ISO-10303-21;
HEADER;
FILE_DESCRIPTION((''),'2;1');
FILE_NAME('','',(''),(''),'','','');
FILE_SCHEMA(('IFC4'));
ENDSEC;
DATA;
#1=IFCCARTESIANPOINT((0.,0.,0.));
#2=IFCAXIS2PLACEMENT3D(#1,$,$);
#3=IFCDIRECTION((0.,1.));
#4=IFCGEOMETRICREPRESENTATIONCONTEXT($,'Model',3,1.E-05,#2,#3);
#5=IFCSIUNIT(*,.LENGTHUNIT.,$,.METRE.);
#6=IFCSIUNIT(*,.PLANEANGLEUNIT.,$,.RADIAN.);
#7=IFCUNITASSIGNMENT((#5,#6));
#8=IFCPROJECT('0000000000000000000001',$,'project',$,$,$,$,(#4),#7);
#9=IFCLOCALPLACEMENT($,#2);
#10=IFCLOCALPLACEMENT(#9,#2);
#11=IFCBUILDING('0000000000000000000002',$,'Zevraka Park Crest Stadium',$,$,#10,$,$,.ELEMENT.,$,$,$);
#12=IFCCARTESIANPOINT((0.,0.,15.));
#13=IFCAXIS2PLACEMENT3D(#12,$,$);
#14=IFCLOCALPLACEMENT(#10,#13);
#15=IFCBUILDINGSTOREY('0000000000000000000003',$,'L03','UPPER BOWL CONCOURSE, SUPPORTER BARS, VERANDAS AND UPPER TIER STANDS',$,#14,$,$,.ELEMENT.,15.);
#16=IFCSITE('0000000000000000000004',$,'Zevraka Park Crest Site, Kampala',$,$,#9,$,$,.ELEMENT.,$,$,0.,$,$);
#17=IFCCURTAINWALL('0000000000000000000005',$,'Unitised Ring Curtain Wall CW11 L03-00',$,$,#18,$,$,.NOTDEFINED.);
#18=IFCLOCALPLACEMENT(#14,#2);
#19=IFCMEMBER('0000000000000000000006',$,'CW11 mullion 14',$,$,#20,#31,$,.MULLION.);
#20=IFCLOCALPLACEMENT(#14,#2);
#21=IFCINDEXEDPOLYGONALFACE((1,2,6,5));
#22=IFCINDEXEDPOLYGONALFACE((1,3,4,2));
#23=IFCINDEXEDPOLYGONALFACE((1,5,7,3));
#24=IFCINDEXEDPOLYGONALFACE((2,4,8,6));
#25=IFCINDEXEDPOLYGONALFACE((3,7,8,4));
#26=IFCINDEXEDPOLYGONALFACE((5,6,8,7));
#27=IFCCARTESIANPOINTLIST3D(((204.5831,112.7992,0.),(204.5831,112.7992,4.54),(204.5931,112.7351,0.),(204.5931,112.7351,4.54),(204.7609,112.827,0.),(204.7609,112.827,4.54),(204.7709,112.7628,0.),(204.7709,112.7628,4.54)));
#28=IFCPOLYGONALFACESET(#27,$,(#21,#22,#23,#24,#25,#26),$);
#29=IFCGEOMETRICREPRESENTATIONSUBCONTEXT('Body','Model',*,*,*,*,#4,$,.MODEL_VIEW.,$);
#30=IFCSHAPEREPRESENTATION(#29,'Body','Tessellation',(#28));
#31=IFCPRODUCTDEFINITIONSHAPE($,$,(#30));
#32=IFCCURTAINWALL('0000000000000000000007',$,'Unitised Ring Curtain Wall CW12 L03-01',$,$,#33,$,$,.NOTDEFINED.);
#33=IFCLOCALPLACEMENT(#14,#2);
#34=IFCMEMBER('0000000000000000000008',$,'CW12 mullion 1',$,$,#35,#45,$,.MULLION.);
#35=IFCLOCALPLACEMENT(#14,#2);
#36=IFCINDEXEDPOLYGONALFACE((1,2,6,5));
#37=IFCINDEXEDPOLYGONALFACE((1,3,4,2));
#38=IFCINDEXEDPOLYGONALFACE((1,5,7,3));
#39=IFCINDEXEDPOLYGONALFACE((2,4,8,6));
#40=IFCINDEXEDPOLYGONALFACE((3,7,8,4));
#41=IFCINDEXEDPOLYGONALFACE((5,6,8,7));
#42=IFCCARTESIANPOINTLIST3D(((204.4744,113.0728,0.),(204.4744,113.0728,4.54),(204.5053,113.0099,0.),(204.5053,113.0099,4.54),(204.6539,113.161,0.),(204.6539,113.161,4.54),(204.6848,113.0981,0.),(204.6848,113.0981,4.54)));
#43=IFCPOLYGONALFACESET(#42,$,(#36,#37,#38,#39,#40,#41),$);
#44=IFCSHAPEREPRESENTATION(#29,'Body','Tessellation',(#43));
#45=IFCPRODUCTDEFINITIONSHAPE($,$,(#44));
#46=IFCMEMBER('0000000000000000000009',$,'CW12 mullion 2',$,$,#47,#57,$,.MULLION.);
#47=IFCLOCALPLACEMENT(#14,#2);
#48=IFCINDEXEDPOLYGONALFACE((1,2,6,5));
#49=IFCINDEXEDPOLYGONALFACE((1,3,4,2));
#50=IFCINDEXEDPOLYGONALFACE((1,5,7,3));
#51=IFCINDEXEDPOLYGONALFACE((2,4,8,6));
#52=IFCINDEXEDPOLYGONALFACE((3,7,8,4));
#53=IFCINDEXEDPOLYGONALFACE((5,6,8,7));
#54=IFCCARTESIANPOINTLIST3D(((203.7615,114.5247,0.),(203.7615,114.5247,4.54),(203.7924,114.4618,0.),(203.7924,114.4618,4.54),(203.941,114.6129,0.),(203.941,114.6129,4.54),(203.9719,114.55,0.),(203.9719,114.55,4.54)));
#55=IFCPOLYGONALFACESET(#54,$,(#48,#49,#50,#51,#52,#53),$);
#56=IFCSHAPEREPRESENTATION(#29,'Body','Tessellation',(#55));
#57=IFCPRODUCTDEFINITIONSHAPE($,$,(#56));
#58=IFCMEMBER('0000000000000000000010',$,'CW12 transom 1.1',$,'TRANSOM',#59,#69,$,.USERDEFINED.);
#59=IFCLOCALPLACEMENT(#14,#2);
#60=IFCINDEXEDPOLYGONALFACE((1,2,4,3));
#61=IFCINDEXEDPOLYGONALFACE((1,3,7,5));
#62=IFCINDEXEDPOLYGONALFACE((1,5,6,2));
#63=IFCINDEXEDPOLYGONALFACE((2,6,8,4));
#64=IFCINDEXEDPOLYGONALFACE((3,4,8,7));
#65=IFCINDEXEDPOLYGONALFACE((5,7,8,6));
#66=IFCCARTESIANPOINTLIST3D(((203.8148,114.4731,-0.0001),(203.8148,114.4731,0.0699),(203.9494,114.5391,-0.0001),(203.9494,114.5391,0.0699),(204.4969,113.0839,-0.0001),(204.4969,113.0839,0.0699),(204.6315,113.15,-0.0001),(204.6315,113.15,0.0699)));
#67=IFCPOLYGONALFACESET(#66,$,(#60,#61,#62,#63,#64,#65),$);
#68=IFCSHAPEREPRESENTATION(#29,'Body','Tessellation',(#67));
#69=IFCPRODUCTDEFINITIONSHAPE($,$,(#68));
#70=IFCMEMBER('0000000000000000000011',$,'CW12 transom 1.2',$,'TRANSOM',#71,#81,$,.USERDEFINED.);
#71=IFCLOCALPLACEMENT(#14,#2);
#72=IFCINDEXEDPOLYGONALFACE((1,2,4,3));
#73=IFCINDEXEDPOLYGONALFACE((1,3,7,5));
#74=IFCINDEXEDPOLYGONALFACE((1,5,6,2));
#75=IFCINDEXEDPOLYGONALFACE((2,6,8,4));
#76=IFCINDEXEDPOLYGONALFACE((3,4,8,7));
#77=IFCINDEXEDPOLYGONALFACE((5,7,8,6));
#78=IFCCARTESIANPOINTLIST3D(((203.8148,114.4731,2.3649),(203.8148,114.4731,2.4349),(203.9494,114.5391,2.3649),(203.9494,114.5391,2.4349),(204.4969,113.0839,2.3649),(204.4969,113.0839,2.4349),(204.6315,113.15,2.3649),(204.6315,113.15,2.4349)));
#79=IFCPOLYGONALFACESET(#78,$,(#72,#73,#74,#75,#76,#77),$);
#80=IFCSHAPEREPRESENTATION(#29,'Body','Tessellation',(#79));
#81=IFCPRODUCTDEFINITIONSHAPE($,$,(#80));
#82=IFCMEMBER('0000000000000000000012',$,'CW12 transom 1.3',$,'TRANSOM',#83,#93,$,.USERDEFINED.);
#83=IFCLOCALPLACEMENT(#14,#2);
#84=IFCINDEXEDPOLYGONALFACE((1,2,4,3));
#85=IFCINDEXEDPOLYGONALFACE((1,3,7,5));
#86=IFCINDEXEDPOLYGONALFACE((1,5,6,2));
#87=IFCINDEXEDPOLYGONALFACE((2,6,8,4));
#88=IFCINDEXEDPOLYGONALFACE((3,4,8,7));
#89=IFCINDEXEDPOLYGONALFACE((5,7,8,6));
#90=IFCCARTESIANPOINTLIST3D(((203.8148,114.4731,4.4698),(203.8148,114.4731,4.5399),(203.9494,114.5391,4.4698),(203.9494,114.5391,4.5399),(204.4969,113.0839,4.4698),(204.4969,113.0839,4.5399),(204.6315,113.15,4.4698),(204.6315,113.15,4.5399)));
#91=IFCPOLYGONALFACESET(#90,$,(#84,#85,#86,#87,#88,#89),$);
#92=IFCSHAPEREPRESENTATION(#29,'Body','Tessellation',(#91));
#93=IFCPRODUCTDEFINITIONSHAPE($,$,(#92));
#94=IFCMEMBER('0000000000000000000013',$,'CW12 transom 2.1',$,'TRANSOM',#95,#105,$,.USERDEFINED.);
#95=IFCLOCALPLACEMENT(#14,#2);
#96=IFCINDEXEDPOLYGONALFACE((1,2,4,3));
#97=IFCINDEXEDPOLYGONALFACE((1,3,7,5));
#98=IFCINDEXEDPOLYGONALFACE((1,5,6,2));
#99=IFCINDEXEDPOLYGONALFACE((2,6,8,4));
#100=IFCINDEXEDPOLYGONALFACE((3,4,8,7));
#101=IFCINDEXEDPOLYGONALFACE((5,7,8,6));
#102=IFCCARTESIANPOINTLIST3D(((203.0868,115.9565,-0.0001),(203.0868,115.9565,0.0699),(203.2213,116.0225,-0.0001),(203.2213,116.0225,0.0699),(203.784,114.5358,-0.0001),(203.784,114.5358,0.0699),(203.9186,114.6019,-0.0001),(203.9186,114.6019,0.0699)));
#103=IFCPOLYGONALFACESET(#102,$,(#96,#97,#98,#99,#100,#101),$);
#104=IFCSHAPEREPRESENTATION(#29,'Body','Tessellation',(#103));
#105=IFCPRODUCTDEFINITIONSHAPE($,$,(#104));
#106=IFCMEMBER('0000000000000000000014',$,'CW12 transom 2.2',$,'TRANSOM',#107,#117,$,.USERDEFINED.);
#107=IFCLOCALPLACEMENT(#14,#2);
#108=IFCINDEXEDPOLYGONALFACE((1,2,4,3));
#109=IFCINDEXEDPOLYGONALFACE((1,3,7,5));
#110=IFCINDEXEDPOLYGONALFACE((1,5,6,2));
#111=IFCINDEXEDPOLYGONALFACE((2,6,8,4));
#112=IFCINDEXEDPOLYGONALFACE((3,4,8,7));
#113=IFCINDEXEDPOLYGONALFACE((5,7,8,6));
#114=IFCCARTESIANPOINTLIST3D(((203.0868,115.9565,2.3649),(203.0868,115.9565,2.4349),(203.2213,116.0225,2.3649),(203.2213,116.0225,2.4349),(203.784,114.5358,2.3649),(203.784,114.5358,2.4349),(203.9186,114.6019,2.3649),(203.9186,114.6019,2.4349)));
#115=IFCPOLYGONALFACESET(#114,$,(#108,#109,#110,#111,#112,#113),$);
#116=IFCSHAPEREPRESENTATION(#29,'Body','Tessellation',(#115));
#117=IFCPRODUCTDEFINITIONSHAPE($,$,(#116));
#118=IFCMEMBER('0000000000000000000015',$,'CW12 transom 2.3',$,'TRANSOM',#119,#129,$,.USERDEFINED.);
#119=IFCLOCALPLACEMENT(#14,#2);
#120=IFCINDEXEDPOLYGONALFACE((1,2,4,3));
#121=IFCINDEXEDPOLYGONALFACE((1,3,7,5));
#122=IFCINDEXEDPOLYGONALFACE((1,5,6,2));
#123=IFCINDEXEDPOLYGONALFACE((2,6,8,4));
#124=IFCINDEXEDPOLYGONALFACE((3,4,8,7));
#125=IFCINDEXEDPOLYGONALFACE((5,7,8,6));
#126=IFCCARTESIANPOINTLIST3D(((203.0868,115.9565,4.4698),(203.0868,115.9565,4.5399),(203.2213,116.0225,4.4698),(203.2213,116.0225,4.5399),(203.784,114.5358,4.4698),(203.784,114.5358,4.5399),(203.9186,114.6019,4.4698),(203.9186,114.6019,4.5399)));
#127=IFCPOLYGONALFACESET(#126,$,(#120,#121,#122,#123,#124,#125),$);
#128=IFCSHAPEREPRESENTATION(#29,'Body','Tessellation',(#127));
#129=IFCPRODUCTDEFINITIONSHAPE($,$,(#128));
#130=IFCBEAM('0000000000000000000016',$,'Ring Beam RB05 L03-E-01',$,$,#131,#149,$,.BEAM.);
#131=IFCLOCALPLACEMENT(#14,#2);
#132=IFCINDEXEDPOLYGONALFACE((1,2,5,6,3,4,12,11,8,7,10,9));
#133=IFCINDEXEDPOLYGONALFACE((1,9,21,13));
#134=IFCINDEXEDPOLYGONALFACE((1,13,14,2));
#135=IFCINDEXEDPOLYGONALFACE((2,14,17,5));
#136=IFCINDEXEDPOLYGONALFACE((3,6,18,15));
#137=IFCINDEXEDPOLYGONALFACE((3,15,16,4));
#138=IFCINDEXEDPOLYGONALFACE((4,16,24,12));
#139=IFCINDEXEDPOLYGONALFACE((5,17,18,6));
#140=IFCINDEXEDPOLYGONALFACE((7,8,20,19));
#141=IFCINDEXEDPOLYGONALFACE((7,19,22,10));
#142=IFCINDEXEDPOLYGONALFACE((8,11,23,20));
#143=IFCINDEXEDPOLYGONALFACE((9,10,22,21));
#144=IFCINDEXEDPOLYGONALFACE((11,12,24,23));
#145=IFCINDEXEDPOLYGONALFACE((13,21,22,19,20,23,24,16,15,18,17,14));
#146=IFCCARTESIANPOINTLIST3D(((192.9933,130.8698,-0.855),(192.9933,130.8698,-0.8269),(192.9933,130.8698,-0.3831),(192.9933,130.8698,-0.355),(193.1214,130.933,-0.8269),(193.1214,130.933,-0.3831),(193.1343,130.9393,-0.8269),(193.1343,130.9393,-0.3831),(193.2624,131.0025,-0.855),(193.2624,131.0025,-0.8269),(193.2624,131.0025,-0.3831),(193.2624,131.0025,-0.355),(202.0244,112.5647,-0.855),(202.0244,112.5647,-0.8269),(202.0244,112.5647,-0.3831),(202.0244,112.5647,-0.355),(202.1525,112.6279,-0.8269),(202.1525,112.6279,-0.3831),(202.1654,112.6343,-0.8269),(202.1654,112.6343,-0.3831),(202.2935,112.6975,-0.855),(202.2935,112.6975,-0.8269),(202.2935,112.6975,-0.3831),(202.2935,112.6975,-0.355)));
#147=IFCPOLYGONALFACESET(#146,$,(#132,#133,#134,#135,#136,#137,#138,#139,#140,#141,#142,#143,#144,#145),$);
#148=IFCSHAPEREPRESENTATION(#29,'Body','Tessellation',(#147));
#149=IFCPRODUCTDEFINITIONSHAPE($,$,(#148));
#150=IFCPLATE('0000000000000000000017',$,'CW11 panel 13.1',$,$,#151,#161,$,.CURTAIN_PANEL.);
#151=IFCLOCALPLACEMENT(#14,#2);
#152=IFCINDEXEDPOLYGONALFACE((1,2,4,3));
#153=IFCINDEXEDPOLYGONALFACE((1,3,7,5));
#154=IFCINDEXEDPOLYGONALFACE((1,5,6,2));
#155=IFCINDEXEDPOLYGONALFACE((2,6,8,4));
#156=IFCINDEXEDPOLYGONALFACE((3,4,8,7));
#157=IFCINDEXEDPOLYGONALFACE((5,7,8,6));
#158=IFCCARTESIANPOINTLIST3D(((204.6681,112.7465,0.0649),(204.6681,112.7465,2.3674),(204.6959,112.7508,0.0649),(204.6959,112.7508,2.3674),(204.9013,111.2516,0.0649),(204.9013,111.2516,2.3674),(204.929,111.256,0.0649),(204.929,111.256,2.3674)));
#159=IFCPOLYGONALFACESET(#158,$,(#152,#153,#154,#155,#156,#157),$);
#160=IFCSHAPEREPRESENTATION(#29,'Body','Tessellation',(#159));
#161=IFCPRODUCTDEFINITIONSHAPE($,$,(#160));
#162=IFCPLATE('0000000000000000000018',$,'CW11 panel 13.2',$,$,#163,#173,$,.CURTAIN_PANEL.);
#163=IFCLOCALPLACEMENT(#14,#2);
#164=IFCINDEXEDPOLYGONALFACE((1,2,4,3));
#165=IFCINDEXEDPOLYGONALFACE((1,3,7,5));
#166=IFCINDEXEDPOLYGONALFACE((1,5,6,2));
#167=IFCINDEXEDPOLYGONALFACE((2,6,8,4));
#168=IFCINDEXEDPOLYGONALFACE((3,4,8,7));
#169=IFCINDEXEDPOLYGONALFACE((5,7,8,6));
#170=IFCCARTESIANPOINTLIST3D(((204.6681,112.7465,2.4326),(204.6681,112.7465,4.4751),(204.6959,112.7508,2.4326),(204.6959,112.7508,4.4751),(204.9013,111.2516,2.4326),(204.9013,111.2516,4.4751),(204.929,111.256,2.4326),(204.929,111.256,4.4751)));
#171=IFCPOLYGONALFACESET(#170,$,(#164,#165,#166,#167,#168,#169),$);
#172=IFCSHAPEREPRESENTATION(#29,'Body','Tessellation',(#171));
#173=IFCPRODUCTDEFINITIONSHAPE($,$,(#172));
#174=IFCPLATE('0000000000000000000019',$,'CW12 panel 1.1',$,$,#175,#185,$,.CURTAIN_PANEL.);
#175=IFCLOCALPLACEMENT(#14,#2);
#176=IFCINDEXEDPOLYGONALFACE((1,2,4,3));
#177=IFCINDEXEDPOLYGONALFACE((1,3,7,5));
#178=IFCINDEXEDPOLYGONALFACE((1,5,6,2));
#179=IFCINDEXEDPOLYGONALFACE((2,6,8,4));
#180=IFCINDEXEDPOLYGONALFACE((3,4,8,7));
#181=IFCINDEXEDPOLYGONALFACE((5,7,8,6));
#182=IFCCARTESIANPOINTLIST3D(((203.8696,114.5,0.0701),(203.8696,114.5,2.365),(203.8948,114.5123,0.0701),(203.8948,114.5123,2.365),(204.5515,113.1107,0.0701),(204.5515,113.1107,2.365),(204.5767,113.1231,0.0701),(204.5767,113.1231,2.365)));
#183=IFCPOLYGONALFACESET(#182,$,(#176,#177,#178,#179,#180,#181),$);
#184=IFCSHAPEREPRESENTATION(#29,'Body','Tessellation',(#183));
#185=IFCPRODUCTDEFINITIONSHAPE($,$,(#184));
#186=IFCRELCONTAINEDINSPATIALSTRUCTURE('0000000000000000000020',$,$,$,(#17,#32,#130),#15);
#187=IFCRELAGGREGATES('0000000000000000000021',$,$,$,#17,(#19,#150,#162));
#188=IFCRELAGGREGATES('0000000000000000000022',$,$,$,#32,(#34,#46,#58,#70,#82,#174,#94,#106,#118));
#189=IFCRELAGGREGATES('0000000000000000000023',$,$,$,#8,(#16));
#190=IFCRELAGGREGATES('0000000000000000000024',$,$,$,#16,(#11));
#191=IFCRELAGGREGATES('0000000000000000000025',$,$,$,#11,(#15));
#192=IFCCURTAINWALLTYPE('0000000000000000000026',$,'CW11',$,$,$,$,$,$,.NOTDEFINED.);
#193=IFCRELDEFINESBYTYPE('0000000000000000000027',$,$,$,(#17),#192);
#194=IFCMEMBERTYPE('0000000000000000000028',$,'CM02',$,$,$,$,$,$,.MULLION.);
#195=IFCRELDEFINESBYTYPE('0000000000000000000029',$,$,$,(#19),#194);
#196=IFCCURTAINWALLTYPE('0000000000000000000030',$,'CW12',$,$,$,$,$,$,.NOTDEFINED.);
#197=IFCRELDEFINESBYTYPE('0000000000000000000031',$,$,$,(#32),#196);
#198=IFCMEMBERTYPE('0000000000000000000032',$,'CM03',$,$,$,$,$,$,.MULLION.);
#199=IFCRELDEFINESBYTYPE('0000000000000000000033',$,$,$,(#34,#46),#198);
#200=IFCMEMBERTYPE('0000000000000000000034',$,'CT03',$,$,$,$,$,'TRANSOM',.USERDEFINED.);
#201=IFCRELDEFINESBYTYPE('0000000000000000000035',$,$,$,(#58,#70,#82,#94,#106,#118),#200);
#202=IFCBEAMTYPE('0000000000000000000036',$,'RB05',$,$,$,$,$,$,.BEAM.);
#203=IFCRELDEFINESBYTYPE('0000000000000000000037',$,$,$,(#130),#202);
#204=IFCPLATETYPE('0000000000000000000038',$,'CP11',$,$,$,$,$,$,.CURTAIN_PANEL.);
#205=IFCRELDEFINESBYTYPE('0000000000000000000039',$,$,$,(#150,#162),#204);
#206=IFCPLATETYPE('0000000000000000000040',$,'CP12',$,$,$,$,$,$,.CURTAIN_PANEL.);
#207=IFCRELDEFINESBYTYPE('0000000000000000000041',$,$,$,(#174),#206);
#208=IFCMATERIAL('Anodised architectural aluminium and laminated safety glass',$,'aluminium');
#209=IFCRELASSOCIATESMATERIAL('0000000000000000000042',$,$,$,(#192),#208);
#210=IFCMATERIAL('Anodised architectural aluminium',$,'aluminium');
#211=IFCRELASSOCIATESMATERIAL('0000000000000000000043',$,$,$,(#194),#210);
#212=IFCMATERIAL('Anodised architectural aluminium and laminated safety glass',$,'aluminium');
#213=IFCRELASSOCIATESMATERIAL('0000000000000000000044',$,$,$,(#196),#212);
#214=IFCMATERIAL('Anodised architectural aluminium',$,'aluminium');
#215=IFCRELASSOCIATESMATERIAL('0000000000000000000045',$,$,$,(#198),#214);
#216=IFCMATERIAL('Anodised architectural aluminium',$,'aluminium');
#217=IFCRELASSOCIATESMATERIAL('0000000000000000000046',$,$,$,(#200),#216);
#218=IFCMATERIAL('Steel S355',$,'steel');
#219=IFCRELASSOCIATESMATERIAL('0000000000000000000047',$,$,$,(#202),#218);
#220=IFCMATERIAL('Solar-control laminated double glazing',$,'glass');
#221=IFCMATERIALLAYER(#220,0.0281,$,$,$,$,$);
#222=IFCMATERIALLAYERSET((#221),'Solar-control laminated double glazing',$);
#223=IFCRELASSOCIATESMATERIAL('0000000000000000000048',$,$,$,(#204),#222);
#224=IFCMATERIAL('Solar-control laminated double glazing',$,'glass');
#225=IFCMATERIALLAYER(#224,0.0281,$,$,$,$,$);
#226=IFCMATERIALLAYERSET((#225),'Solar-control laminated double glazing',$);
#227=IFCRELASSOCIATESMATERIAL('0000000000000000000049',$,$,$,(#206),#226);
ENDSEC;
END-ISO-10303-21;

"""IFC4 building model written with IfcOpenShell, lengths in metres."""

from ifc_helpers import new_model, si_unit, direction, frame, origin, origin_2d, place, context, subcontext, project, spatial, rectangle, i_section, extrude, material, layer, layer_set, material_profile, profile_set, type_object, element, aggregate, save


model = new_model("IFC4")

# Units and contexts
model_context = context("Model", 3, precision=1e-05, world=origin(), true_north=direction((0.0, 1.0)))
body_context = subcontext(model_context, "Body", "Model", "MODEL_VIEW")
ifc_project = project(units=[si_unit("LENGTHUNIT", "METRE"), si_unit("PLANEANGLEUNIT", "RADIAN")], contexts=[model_context])

# Site, building, storey
site_placement = place(None, origin())
site = spatial("IfcSite", under=ifc_project, at=site_placement, Name="Zevraka Park Crest Site, Kampala", CompositionType="ELEMENT", RefElevation=0.0)
building_placement = place(site_placement, origin())
building = spatial("IfcBuilding", under=site, at=building_placement, Name="Zevraka Park Crest Stadium", CompositionType="ELEMENT")
storey_placement = place(building_placement, frame((0.0, 0.0, 15.0)))
storey = spatial("IfcBuildingStorey", under=building, at=storey_placement, Name="L03", Description="UPPER BOWL CONCOURSE, SUPPORTER BARS, VERANDAS AND UPPER TIER STANDS", CompositionType="ELEMENT", Elevation=15.0)

# Curtain wall, member
ifc_material_1 = material(Name="Anodised architectural aluminium and laminated safety glass", Category="aluminium")
curtain_wall_type_1 = type_object("IfcCurtainWallType", Name="CW11", PredefinedType="NOTDEFINED", material=ifc_material_1)
curtain_wall_1_placement = place(storey_placement, origin())
curtain_wall_1 = element("IfcCurtainWall", 1, at=curtain_wall_1_placement, inside=storey, type_object=curtain_wall_type_1, Name="Unitised Ring Curtain Wall CW11 L03-00", PredefinedType="NOTDEFINED")
ifc_material_2 = material(Name="Anodised architectural aluminium", Category="aluminium")
ifc_material_profile_1 = material_profile(ifc_material_2, rectangle(XDim=0.1799, YDim=0.0649, at=origin_2d()), Name="ALU MULLION 180x65")
ifc_profile_set_1 = profile_set([ifc_material_profile_1], Name="Anodised architectural aluminium")
member_type_1 = type_object("IfcMemberType", Name="CM02", PredefinedType="MULLION", material=ifc_profile_set_1)
member_1_placement = place(storey_placement, frame((204.677, 112.781, 0.0), z_axis=(0.0, 0.0, 1.0), x_axis=(-0.988051, -0.154128, 0.0)))
member_1 = element("IfcMember", 2, at=member_1_placement, type_object=member_type_1, Name="CW11 mullion 14", PredefinedType="MULLION", context=body_context, shape_type="SweptSolid", body=[
    extrude(rectangle(XDim=0.1799, YDim=0.0649, at=origin_2d()), origin(), (0.0, 0.0, 1.0), 4.54),
])

# Curtain wall, members
ifc_material_3 = material(Name="Anodised architectural aluminium and laminated safety glass", Category="aluminium")
curtain_wall_type_2 = type_object("IfcCurtainWallType", Name="CW12", PredefinedType="NOTDEFINED", material=ifc_material_3)
curtain_wall_2_placement = place(storey_placement, origin())
curtain_wall_2 = element("IfcCurtainWall", 3, at=curtain_wall_2_placement, inside=storey, type_object=curtain_wall_type_2, Name="Unitised Ring Curtain Wall CW12 L03-01", PredefinedType="NOTDEFINED")
ifc_material_4 = material(Name="Anodised architectural aluminium", Category="aluminium")
ifc_material_profile_2 = material_profile(ifc_material_4, rectangle(XDim=0.2, YDim=0.0701, at=origin_2d()), Name="ALU MULLION 200x70")
ifc_profile_set_2 = profile_set([ifc_material_profile_2], Name="Anodised architectural aluminium")
member_type_2 = type_object("IfcMemberType", Name="CM03", PredefinedType="MULLION", material=ifc_profile_set_2)
member_2_placement = place(storey_placement, frame((204.5796, 113.0854, 0.0), z_axis=(0.0, 0.0, 1.0), x_axis=(-0.897671, -0.440666, 0.0)))
member_2 = element("IfcMember", 4, at=member_2_placement, type_object=member_type_2, Name="CW12 mullion 1", PredefinedType="MULLION", context=body_context, shape_type="SweptSolid", body=[
    extrude(rectangle(XDim=0.2, YDim=0.0701, at=origin_2d()), origin(), (0.0, 0.0, 1.0), 4.54),
])
member_3_placement = place(storey_placement, frame((203.8667, 114.5374, 0.0), z_axis=(0.0, 0.0, 1.0), x_axis=(-0.897671, -0.440666, 0.0)))
member_3 = element("IfcMember", 5, at=member_3_placement, type_object=member_type_2, Name="CW12 mullion 2", PredefinedType="MULLION", context=body_context, shape_type="SweptSolid", body=[
    extrude(rectangle(XDim=0.2, YDim=0.0701, at=origin_2d()), origin(), (0.0, 0.0, 1.0), 4.54),
])
ifc_material_5 = material(Name="Anodised architectural aluminium", Category="aluminium")
ifc_material_profile_3 = material_profile(ifc_material_5, rectangle(XDim=0.1499, YDim=0.0701, at=origin_2d()), Name="ALU TRANSOM 150x70")
ifc_profile_set_3 = profile_set([ifc_material_profile_3], Name="Anodised architectural aluminium")
member_type_3 = type_object("IfcMemberType", Name="CT03", ElementType="TRANSOM", PredefinedType="USERDEFINED", material=ifc_profile_set_3)
member_4_placement = place(storey_placement, frame((204.5642, 113.1169, 0.0349), z_axis=(-0.440766, 0.897622, 0.0), x_axis=(-0.897622, -0.440766, 0.0)))
member_4 = element("IfcMember", 6, at=member_4_placement, type_object=member_type_3, Name="CW12 transom 1.1", ObjectType="TRANSOM", PredefinedType="USERDEFINED", context=body_context, shape_type="SweptSolid", body=[
    extrude(rectangle(XDim=0.1499, YDim=0.0701, at=origin_2d()), origin(), (0.0, 0.0, 1.0), 1.5476),
])
member_5_placement = place(storey_placement, frame((204.5642, 113.1169, 2.3999), z_axis=(-0.440766, 0.897622, 0.0), x_axis=(-0.897622, -0.440766, 0.0)))
member_5 = element("IfcMember", 7, at=member_5_placement, type_object=member_type_3, Name="CW12 transom 1.2", ObjectType="TRANSOM", PredefinedType="USERDEFINED", context=body_context, shape_type="SweptSolid", body=[
    extrude(rectangle(XDim=0.1499, YDim=0.0701, at=origin_2d()), origin(), (0.0, 0.0, 1.0), 1.5476),
])
member_6_placement = place(storey_placement, frame((204.5642, 113.1169, 4.5049), z_axis=(-0.440766, 0.897622, 0.0), x_axis=(-0.897622, -0.440766, 0.0)))
member_6 = element("IfcMember", 8, at=member_6_placement, type_object=member_type_3, Name="CW12 transom 1.3", ObjectType="TRANSOM", PredefinedType="USERDEFINED", context=body_context, shape_type="SweptSolid", body=[
    extrude(rectangle(XDim=0.1499, YDim=0.0701, at=origin_2d()), origin(), (0.0, 0.0, 1.0), 1.5476),
])
member_7_placement = place(storey_placement, frame((203.8513, 114.5688, 0.0349), z_axis=(-0.440599, 0.897704, 0.0), x_axis=(-0.897704, -0.440599, 0.0)))
member_7 = element("IfcMember", 9, at=member_7_placement, type_object=member_type_3, Name="CW12 transom 2.1", ObjectType="TRANSOM", PredefinedType="USERDEFINED", context=body_context, shape_type="SweptSolid", body=[
    extrude(rectangle(XDim=0.1499, YDim=0.0701, at=origin_2d()), origin(), (0.0, 0.0, 1.0), 1.5825),
])
member_8_placement = place(storey_placement, frame((203.8513, 114.5688, 2.3999), z_axis=(-0.440599, 0.897704, 0.0), x_axis=(-0.897704, -0.440599, 0.0)))
member_8 = element("IfcMember", 10, at=member_8_placement, type_object=member_type_3, Name="CW12 transom 2.2", ObjectType="TRANSOM", PredefinedType="USERDEFINED", context=body_context, shape_type="SweptSolid", body=[
    extrude(rectangle(XDim=0.1499, YDim=0.0701, at=origin_2d()), origin(), (0.0, 0.0, 1.0), 1.5825),
])
member_9_placement = place(storey_placement, frame((203.8513, 114.5688, 4.5049), z_axis=(-0.440599, 0.897704, 0.0), x_axis=(-0.897704, -0.440599, 0.0)))
member_9 = element("IfcMember", 11, at=member_9_placement, type_object=member_type_3, Name="CW12 transom 2.3", ObjectType="TRANSOM", PredefinedType="USERDEFINED", context=body_context, shape_type="SweptSolid", body=[
    extrude(rectangle(XDim=0.1499, YDim=0.0701, at=origin_2d()), origin(), (0.0, 0.0, 1.0), 1.5825),
])

# Beam
ifc_material_6 = material(Name="Steel S355", Category="steel")
ifc_material_profile_4 = material_profile(ifc_material_6, i_section(OverallWidth=0.3, OverallDepth=0.5, WebThickness=0.0144, FlangeThickness=0.0281, at=origin_2d()), Name="HEB 500")
ifc_profile_set_4 = profile_set([ifc_material_profile_4], Name="Steel S355")
beam_type = type_object("IfcBeamType", Name="RB05", PredefinedType="BEAM", material=ifc_profile_set_4)
beam_placement = place(storey_placement, frame((202.1589, 112.6311, -0.605), z_axis=(-0.442447, 0.896795, 0.0), x_axis=(-0.896795, -0.442447, 0.0)))
element("IfcBeam", 12, at=beam_placement, inside=storey, type_object=beam_type, Name="Ring Beam RB05 L03-E-01", PredefinedType="BEAM", context=body_context, shape_type="SweptSolid", body=[
    extrude(i_section(OverallWidth=0.3, OverallDepth=0.5, WebThickness=0.0144, FlangeThickness=0.0281, at=origin_2d()), origin(), (0.0, 0.0, 1.0), 20.4116),
])

# Plates
ifc_material_7 = material(Name="Solar-control laminated double glazing", Category="glass")
ifc_layer_1 = layer(ifc_material_7, 0.0281)
ifc_layer_set_1 = layer_set([ifc_layer_1], Name="Solar-control laminated double glazing")
plate_type_1 = type_object("IfcPlateType", Name="CP11", PredefinedType="CURTAIN_PANEL", material=ifc_layer_set_1)
plate_1_placement = place(storey_placement, frame((204.7986, 112.0012, 0.0649), z_axis=(0.0, 0.0, 1.0), x_axis=(-0.154128, 0.988051, 0.0)))
plate_1 = element("IfcPlate", 13, at=plate_1_placement, type_object=plate_type_1, Name="CW11 panel 13.1", PredefinedType="CURTAIN_PANEL", context=body_context, shape_type="SweptSolid", body=[
    extrude(rectangle(XDim=1.5129, YDim=0.0281, at=origin_2d()), origin(), (0.0, 0.0, 1.0), 2.3025),
])
plate_2_placement = place(storey_placement, frame((204.7986, 112.0012, 2.4326), z_axis=(0.0, 0.0, 1.0), x_axis=(-0.154128, 0.988051, 0.0)))
plate_2 = element("IfcPlate", 14, at=plate_2_placement, type_object=plate_type_1, Name="CW11 panel 13.2", PredefinedType="CURTAIN_PANEL", context=body_context, shape_type="SweptSolid", body=[
    extrude(rectangle(XDim=1.5129, YDim=0.0281, at=origin_2d()), origin(), (0.0, 0.0, 1.0), 2.0425),
])
aggregate(curtain_wall_1, [member_1, plate_1, plate_2])
ifc_material_8 = material(Name="Solar-control laminated double glazing", Category="glass")
ifc_layer_2 = layer(ifc_material_8, 0.0281)
ifc_layer_set_2 = layer_set([ifc_layer_2], Name="Solar-control laminated double glazing")
plate_type_2 = type_object("IfcPlateType", Name="CP12", PredefinedType="CURTAIN_PANEL", material=ifc_layer_set_2)
plate_3_placement = place(storey_placement, frame((204.2231, 113.8115, 0.0701), z_axis=(0.0, 0.0, 1.0), x_axis=(-0.440666, 0.897671, 0.0)))
plate_3 = element("IfcPlate", 15, at=plate_3_placement, type_object=plate_type_2, Name="CW12 panel 1.1", PredefinedType="CURTAIN_PANEL", context=body_context, shape_type="SweptSolid", body=[
    extrude(rectangle(XDim=1.5476, YDim=0.0281, at=origin_2d()), origin(), (0.0, 0.0, 1.0), 2.2949),
])
aggregate(curtain_wall_2, [member_2, member_3, member_4, member_5, member_6, plate_3, member_7, member_8, member_9])

save(model, "model.ifc")
